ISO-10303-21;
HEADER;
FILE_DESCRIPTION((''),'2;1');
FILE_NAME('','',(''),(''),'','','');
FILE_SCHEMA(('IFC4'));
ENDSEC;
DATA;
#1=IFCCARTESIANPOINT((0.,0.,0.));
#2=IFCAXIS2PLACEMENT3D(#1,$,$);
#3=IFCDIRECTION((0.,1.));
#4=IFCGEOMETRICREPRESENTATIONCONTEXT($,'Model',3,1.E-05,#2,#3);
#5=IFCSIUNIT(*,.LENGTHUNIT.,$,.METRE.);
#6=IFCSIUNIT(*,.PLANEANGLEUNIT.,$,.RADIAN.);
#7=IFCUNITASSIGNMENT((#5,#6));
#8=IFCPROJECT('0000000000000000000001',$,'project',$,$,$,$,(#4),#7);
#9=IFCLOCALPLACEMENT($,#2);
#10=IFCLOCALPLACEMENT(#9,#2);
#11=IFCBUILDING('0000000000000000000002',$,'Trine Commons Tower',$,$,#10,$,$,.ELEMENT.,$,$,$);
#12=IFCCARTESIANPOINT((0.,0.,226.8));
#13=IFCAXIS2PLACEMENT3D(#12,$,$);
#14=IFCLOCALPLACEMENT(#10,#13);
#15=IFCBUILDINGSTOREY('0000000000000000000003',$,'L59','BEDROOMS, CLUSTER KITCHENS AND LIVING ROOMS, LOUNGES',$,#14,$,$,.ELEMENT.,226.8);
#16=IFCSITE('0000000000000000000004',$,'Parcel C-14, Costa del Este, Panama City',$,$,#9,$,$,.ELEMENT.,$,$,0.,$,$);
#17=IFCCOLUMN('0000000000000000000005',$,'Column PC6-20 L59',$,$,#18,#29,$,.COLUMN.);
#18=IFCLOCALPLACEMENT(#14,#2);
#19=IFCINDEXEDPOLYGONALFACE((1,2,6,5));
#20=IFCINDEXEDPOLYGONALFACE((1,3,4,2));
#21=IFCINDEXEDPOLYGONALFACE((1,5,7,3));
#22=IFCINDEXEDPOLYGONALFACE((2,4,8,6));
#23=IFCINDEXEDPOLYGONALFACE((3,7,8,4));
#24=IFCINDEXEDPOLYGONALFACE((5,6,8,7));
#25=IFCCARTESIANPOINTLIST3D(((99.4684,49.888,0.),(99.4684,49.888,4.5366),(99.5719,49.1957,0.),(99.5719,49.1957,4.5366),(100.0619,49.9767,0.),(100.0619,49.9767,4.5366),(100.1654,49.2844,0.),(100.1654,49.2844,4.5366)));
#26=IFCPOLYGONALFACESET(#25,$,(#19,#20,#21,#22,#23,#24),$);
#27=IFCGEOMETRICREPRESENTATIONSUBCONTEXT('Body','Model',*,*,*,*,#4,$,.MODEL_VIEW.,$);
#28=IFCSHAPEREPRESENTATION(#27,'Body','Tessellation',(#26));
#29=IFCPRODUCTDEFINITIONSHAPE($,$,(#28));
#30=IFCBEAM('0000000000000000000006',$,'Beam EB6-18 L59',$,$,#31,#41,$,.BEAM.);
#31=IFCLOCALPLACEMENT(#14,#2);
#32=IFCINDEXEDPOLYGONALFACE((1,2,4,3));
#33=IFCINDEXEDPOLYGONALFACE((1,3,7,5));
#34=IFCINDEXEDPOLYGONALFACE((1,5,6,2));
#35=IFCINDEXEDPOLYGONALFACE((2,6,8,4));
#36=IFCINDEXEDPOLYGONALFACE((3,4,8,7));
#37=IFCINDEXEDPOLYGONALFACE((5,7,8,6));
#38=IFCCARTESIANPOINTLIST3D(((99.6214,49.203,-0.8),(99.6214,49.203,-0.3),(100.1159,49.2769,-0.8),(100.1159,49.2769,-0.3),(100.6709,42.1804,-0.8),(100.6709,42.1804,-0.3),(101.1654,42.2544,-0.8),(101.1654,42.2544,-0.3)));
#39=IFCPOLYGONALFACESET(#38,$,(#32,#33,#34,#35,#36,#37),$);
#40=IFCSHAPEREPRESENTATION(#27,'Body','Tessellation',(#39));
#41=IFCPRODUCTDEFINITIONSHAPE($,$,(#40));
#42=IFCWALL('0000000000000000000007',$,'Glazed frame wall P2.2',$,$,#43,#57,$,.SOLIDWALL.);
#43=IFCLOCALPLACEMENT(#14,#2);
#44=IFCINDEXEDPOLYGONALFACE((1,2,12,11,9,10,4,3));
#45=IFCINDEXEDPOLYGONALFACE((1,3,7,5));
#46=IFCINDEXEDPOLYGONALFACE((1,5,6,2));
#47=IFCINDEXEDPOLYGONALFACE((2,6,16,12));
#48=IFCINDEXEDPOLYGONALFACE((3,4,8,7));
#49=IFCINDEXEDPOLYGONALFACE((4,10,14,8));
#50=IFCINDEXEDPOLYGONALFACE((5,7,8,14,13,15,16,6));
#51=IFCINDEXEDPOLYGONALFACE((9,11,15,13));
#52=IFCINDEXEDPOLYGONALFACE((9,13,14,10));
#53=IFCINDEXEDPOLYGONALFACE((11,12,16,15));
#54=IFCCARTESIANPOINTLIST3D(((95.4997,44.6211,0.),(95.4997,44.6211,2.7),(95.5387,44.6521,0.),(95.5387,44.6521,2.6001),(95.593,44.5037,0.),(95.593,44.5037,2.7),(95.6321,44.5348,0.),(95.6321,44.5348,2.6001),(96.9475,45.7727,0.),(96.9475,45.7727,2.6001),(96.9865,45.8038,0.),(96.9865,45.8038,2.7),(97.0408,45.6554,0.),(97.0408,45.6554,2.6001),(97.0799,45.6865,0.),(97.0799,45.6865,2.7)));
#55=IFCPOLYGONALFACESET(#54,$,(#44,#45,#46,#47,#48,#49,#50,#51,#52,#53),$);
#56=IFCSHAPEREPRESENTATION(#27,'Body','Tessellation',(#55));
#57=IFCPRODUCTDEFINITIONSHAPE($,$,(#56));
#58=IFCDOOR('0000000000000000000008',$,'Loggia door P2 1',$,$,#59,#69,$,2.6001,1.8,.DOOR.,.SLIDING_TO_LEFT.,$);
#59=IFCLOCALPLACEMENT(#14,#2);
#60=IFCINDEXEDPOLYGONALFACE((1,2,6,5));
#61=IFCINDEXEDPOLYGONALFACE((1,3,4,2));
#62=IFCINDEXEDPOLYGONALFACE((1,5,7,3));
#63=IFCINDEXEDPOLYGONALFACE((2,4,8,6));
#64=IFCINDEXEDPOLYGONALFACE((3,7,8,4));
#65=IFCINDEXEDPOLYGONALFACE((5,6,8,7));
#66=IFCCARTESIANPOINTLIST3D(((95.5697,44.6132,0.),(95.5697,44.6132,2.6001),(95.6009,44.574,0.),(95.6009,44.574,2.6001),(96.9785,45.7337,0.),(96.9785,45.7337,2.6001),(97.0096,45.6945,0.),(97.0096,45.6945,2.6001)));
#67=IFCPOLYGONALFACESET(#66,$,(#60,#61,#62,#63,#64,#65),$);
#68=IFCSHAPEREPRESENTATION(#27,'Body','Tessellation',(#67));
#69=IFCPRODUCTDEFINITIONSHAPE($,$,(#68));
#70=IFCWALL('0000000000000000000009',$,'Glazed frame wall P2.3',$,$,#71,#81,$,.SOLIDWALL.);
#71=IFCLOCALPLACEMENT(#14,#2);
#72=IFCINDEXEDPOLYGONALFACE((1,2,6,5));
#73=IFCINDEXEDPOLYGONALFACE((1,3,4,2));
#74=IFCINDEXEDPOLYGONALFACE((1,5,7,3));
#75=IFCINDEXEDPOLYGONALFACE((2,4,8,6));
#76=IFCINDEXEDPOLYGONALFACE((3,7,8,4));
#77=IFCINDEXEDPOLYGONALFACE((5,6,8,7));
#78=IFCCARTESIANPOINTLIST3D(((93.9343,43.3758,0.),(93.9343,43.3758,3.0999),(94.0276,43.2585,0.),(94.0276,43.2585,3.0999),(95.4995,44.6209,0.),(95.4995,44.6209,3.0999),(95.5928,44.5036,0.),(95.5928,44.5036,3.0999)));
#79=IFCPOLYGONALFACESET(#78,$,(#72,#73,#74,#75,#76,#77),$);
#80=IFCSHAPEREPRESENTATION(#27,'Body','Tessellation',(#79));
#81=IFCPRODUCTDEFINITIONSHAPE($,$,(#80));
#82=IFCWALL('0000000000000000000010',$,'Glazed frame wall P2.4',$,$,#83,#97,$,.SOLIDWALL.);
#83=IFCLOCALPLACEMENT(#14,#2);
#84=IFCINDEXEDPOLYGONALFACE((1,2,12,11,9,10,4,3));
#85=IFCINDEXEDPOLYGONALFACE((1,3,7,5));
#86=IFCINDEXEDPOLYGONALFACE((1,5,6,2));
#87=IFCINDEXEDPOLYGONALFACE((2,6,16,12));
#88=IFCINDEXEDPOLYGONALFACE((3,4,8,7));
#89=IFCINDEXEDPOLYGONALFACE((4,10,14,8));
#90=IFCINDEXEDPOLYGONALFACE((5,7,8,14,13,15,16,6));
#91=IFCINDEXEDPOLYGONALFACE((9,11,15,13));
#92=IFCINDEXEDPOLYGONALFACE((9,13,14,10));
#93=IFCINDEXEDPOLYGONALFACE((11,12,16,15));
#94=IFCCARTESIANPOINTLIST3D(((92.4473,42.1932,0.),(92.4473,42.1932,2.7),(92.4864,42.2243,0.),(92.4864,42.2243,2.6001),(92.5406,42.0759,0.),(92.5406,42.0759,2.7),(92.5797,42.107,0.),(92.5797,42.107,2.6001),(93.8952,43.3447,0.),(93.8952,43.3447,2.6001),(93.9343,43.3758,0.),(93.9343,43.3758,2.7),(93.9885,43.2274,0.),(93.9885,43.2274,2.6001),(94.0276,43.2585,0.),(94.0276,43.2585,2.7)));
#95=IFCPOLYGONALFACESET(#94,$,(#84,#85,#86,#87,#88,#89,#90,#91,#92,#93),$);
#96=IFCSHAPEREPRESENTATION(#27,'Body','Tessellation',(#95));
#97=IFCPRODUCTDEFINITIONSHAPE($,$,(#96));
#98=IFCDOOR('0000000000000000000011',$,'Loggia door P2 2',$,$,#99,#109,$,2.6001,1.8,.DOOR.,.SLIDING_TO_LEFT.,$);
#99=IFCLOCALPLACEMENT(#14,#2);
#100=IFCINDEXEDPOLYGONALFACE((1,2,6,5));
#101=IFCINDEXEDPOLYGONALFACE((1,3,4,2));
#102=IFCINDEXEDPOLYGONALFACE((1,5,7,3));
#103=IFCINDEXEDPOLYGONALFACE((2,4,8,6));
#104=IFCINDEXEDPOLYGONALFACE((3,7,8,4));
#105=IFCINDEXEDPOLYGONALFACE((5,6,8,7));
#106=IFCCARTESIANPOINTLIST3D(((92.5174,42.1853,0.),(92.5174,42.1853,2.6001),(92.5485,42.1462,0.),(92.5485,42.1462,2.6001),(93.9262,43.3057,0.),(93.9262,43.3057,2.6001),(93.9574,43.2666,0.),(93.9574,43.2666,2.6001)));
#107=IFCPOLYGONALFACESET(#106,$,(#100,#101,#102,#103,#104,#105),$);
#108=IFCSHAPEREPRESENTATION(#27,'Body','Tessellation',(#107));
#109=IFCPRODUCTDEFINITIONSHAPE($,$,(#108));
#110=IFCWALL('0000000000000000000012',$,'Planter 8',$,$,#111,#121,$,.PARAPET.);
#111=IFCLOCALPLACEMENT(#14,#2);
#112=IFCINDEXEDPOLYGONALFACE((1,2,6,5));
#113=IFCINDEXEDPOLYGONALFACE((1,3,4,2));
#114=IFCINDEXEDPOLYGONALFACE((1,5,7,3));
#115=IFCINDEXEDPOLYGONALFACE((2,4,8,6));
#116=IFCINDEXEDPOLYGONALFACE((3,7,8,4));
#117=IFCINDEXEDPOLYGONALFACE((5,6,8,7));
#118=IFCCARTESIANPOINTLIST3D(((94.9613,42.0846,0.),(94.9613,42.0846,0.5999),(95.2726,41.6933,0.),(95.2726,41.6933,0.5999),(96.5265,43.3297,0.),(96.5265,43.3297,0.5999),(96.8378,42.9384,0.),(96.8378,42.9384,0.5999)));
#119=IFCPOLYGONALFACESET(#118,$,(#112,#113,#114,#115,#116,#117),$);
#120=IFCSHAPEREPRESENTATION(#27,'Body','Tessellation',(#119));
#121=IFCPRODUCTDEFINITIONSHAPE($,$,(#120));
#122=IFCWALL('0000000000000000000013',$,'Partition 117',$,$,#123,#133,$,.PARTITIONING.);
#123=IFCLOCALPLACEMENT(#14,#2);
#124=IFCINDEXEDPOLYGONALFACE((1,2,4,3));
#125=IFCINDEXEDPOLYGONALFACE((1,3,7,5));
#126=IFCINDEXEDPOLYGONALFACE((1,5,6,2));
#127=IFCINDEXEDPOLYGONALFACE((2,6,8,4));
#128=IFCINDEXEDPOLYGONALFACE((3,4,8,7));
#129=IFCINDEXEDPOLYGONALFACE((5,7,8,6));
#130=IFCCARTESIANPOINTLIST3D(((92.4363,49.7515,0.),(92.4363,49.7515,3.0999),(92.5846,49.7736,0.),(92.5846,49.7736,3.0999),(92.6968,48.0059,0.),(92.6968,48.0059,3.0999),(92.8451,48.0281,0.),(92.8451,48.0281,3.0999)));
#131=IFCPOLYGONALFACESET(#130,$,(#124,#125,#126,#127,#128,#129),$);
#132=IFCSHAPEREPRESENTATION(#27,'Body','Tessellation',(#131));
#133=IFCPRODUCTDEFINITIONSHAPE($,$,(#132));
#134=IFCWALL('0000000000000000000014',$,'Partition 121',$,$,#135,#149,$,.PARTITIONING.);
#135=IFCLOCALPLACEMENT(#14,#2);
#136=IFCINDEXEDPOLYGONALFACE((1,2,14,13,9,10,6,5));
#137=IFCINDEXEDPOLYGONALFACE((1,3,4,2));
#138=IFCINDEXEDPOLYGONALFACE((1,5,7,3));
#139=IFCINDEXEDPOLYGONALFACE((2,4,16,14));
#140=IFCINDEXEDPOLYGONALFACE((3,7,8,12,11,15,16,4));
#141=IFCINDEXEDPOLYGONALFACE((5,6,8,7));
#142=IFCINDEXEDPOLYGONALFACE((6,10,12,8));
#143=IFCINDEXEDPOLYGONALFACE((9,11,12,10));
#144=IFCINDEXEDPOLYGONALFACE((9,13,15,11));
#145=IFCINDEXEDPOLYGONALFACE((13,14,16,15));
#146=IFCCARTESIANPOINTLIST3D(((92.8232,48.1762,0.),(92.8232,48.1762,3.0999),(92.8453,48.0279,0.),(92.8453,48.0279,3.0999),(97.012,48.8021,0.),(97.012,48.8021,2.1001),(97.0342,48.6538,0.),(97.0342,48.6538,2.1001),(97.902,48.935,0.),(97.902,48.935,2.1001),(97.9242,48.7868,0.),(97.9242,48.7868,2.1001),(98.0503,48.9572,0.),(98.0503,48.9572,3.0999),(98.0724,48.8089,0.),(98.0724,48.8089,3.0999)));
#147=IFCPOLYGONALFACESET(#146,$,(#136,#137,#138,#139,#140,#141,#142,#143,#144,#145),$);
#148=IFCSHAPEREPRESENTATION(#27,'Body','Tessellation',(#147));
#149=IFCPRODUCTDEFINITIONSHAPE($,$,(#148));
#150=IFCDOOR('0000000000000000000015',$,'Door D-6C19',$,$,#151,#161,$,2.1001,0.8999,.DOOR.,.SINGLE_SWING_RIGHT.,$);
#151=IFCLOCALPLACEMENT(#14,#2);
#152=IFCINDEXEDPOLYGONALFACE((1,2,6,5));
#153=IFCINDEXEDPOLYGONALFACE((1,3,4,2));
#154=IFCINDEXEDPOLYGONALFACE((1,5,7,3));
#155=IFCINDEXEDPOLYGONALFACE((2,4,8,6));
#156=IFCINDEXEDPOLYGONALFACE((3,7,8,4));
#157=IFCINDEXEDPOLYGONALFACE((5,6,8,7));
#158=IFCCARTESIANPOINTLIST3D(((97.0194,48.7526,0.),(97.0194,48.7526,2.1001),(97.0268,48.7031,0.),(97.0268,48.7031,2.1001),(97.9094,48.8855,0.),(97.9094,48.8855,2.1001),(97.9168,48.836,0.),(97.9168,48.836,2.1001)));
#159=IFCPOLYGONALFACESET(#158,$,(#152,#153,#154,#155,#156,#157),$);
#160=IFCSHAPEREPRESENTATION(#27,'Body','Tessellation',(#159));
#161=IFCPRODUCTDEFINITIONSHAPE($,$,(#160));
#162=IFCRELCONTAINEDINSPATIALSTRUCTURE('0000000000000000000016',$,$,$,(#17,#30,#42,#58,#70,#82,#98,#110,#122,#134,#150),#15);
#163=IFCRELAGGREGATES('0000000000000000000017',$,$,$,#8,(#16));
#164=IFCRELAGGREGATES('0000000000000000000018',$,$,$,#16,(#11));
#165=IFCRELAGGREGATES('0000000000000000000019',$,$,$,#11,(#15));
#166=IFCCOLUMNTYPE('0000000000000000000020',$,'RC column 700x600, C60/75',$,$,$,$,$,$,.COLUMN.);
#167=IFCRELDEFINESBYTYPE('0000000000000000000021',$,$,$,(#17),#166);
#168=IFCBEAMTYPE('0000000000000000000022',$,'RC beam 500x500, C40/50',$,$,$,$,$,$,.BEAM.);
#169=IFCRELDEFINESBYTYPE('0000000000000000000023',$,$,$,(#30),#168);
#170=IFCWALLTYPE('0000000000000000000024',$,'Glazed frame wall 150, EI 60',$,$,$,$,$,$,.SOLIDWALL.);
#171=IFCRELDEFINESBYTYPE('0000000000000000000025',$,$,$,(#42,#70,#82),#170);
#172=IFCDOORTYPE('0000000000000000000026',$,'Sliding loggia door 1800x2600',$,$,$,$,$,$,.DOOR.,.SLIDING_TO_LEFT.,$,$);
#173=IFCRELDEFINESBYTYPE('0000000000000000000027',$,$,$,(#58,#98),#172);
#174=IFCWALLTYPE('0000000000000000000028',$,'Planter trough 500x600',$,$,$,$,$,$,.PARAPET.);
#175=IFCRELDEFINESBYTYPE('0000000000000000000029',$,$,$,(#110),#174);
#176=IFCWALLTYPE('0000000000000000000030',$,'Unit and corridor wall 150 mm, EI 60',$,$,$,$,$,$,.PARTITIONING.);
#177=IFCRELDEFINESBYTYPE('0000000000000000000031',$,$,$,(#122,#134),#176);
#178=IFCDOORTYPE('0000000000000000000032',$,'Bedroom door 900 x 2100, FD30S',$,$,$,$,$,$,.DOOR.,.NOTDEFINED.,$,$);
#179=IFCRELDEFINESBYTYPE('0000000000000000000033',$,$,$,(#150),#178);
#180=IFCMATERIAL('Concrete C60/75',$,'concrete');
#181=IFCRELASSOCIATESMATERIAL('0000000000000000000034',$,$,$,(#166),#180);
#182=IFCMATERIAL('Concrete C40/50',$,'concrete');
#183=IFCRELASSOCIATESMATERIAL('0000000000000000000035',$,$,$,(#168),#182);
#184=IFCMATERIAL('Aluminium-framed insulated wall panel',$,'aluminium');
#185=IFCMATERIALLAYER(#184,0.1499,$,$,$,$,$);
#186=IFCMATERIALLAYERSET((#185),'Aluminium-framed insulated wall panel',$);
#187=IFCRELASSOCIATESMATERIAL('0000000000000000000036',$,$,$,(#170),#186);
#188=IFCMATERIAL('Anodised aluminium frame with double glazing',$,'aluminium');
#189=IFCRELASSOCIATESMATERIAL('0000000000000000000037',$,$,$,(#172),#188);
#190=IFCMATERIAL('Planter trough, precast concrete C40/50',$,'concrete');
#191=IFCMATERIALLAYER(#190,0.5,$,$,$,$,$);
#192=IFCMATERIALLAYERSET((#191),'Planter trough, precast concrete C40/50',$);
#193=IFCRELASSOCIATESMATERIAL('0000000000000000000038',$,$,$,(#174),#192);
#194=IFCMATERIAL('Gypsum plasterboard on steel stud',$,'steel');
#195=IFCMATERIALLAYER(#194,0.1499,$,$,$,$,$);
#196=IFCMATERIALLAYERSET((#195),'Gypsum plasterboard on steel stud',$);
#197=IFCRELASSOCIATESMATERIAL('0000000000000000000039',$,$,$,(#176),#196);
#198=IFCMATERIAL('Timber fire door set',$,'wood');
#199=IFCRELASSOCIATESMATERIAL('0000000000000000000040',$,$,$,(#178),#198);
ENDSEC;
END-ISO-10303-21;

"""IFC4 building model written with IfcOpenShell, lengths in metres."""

from ifc_helpers import new_model, si_unit, direction, frame, frame_2d, origin, origin_2d, place, context, subcontext, project, spatial, polyline, rectangle, outline, extrude, material, layer, layer_set, material_profile, profile_set, type_object, element, fill, save


model = new_model("IFC4")

# Units and contexts
model_context = context("Model", 3, precision=1e-05, world=origin(), true_north=direction((0.0, 1.0)))
body_context = subcontext(model_context, "Body", "Model", "MODEL_VIEW")
ifc_project = project(units=[si_unit("LENGTHUNIT", "METRE"), si_unit("PLANEANGLEUNIT", "RADIAN")], contexts=[model_context])

# Site, building, storey
site_placement = place(None, origin())
site = spatial("IfcSite", under=ifc_project, at=site_placement, Name="Parcel C-14, Costa del Este, Panama City", CompositionType="ELEMENT", RefElevation=0.0)
building_placement = place(site_placement, origin())
building = spatial("IfcBuilding", under=site, at=building_placement, Name="Trine Commons Tower", CompositionType="ELEMENT")
storey_placement = place(building_placement, frame((0.0, 0.0, 226.8)))
storey = spatial("IfcBuildingStorey", under=building, at=storey_placement, Name="L59", Description="BEDROOMS, CLUSTER KITCHENS AND LIVING ROOMS, LOUNGES", CompositionType="ELEMENT", Elevation=226.8)

# Column
ifc_material_1 = material(Name="Concrete C60/75", Category="concrete")
ifc_material_profile_1 = material_profile(ifc_material_1, rectangle(XDim=0.7, YDim=0.6001, at=origin_2d()), Name="RC 700x600")
ifc_profile_set_1 = profile_set([ifc_material_profile_1], Name="Concrete C60/75")
column_type = type_object("IfcColumnType", Name="RC column 700x600, C60/75", PredefinedType="COLUMN", material=ifc_profile_set_1)
column_placement = place(storey_placement, frame((99.8169, 49.5862, 0.0), z_axis=(0.0, 0.0, 1.0), x_axis=(-0.147809, 0.989016, 0.0)))
element("IfcColumn", 1, at=column_placement, inside=storey, type_object=column_type, Name="Column PC6-20 L59", PredefinedType="COLUMN", context=body_context, shape_type="SweptSolid", body=[
    extrude(rectangle(XDim=0.7, YDim=0.6001, at=origin_2d()), origin(), (0.0, 0.0, 1.0), 4.5366),
])

# Beam
ifc_material_2 = material(Name="Concrete C40/50", Category="concrete")
ifc_material_profile_2 = material_profile(ifc_material_2, rectangle(XDim=0.5, YDim=0.5, at=origin_2d()), Name="RC 500x500")
ifc_profile_set_2 = profile_set([ifc_material_profile_2], Name="Concrete C40/50")
beam_type = type_object("IfcBeamType", Name="RC beam 500x500, C40/50", PredefinedType="BEAM", material=ifc_profile_set_2)
beam_placement = place(storey_placement, frame((99.8687, 49.24, -0.55), z_axis=(0.147811, -0.989016, 0.0), x_axis=(0.989016, 0.147811, 0.0)))
element("IfcBeam", 2, at=beam_placement, inside=storey, type_object=beam_type, Name="Beam EB6-18 L59", PredefinedType="BEAM", context=body_context, shape_type="SweptSolid", body=[
    extrude(rectangle(XDim=0.5, YDim=0.5, at=origin_2d()), origin(), (0.0, 0.0, 1.0), 7.1006),
])

# Shared definitions
ifc_material_3 = material(Name="Aluminium-framed insulated wall panel", Category="aluminium")
ifc_layer_1 = layer(ifc_material_3, 0.1499)
ifc_layer_set_1 = layer_set([ifc_layer_1], Name="Aluminium-framed insulated wall panel")
wall_type_1 = type_object("IfcWallType", Name="Glazed frame wall 150, EI 60", PredefinedType="SOLIDWALL", material=ifc_layer_set_1)

# Wall, opening, door
wall_1_placement = place(storey_placement, frame((97.0332, 45.7451, 0.0), z_axis=(0.0, 0.0, 1.0), x_axis=(-0.782608, -0.622515, 0.0)))
wall_1 = element("IfcWall", 3, at=wall_1_placement, inside=storey, type_object=wall_type_1, Name="Glazed frame wall P2.2", PredefinedType="SOLIDWALL", context=body_context, shape_type="SweptSolid", body=[
    extrude(outline(polyline([(0.0, -0.075), (1.8999, -0.075), (1.8999, 0.075), (0.0, 0.075), (0.0, -0.075)])), origin(), (0.0, 0.0, 1.0), 2.7),
])
opening_1_placement = place(wall_1_placement, frame((0.05, 0.0, 0.0)))
opening_1 = element("IfcOpeningElement", 4, at=opening_1_placement, cuts=wall_1, PredefinedType="OPENING", context=body_context, shape_type="SweptSolid", body=[
    extrude(rectangle(XDim=1.8, YDim=2.6001, at=frame_2d((0.8999, 1.3))), frame((0.0, 0.085, 0.0), z_axis=(0.0, -1.0, 0.0), x_axis=(1.0, 0.0, 0.0)), (0.0, 0.0, 1.0), 0.1699),
])
ifc_material_4 = material(Name="Anodised aluminium frame with double glazing", Category="aluminium")
door_type_1 = type_object("IfcDoorType", Name="Sliding loggia door 1800x2600", OperationType="SLIDING_TO_LEFT", PredefinedType="DOOR", material=ifc_material_4)
door_1_placement = place(opening_1_placement, origin())
door_1 = element("IfcDoor", 5, at=door_1_placement, inside=storey, type_object=door_type_1, Name="Loggia door P2 1", OperationType="SLIDING_TO_LEFT", OverallHeight=2.6001, OverallWidth=1.8, PredefinedType="DOOR", context=body_context, shape_type="SweptSolid", body=[
    extrude(rectangle(XDim=1.8, YDim=2.6001, at=frame_2d((0.8999, 1.3))), frame((0.0, 0.0249, 0.0), z_axis=(0.0, -1.0, 0.0), x_axis=(1.0, 0.0, 0.0)), (0.0, 0.0, 1.0), 0.05),
])
fill(opening_1, door_1)

# Wall
wall_2_placement = place(storey_placement, frame((95.5461, 44.5623, 0.0), z_axis=(0.0, 0.0, 1.0), x_axis=(-0.782581, -0.622549, 0.0)))
element("IfcWall", 6, at=wall_2_placement, inside=storey, type_object=wall_type_1, Name="Glazed frame wall P2.3", PredefinedType="SOLIDWALL", context=body_context, shape_type="SweptSolid", body=[
    extrude(outline(polyline([(0.0, -0.075), (2.0, -0.075), (2.0, 0.075), (0.0, 0.075), (0.0, -0.075)])), origin(), (0.0, 0.0, 1.0), 3.0999),
])

# Wall, opening, door
wall_3_placement = place(storey_placement, frame((93.981, 43.3171, 0.0), z_axis=(0.0, 0.0, 1.0), x_axis=(-0.782671, -0.622436, 0.0)))
wall_3 = element("IfcWall", 7, at=wall_3_placement, inside=storey, type_object=wall_type_1, Name="Glazed frame wall P2.4", PredefinedType="SOLIDWALL", context=body_context, shape_type="SweptSolid", body=[
    extrude(outline(polyline([(0.0, -0.075), (1.8999, -0.075), (1.8999, 0.075), (0.0, 0.075), (0.0, -0.075)])), origin(), (0.0, 0.0, 1.0), 2.7),
])
opening_2_placement = place(wall_3_placement, frame((0.05, 0.0, 0.0)))
opening_2 = element("IfcOpeningElement", 8, at=opening_2_placement, cuts=wall_3, PredefinedType="OPENING", context=body_context, shape_type="SweptSolid", body=[
    extrude(rectangle(XDim=1.8, YDim=2.6001, at=frame_2d((0.8999, 1.3))), frame((0.0, 0.085, 0.0), z_axis=(0.0, -1.0, 0.0), x_axis=(1.0, 0.0, 0.0)), (0.0, 0.0, 1.0), 0.1699),
])
door_2_placement = place(opening_2_placement, origin())
door_2 = element("IfcDoor", 9, at=door_2_placement, inside=storey, type_object=door_type_1, Name="Loggia door P2 2", OperationType="SLIDING_TO_LEFT", OverallHeight=2.6001, OverallWidth=1.8, PredefinedType="DOOR", context=body_context, shape_type="SweptSolid", body=[
    extrude(rectangle(XDim=1.8, YDim=2.6001, at=frame_2d((0.8999, 1.3))), frame((0.0, 0.0249, 0.0), z_axis=(0.0, -1.0, 0.0), x_axis=(1.0, 0.0, 0.0)), (0.0, 0.0, 1.0), 0.05),
])
fill(opening_2, door_2)

# Walls
ifc_material_5 = material(Name="Planter trough, precast concrete C40/50", Category="concrete")
ifc_layer_2 = layer(ifc_material_5, 0.5)
ifc_layer_set_2 = layer_set([ifc_layer_2], Name="Planter trough, precast concrete C40/50")
wall_type_2 = type_object("IfcWallType", Name="Planter trough 500x600", PredefinedType="PARAPET", material=ifc_layer_set_2)
wall_4_placement = place(storey_placement, frame((96.6821, 43.134, 0.0), z_axis=(0.0, 0.0, 1.0), x_axis=(-0.782581, -0.622549, 0.0)))
element("IfcWall", 10, at=wall_4_placement, inside=storey, type_object=wall_type_2, Name="Planter 8", PredefinedType="PARAPET", context=body_context, shape_type="SweptSolid", body=[
    extrude(rectangle(XDim=2.0, YDim=0.5, at=frame_2d((1.0, 0.0))), origin(), (0.0, 0.0, 1.0), 0.5999),
])
ifc_material_6 = material(Name="Gypsum plasterboard on steel stud", Category="steel")
ifc_layer_3 = layer(ifc_material_6, 0.1499)
ifc_layer_set_3 = layer_set([ifc_layer_3], Name="Gypsum plasterboard on steel stud")
wall_type_3 = type_object("IfcWallType", Name="Unit and corridor wall 150 mm, EI 60", PredefinedType="PARTITIONING", material=ifc_layer_set_3)
wall_5_placement = place(storey_placement, frame((92.5105, 49.7625, 0.0), z_axis=(0.0, 0.0, 1.0), x_axis=(0.147596, -0.989048, 0.0)))
element("IfcWall", 11, at=wall_5_placement, inside=storey, type_object=wall_type_3, Name="Partition 117", PredefinedType="PARTITIONING", context=body_context, shape_type="SweptSolid", body=[
    extrude(rectangle(XDim=1.7649, YDim=0.1499, at=frame_2d((0.8823, 0.0))), origin(), (0.0, 0.0, 1.0), 3.0999),
])

# Wall, opening, door
wall_6_placement = place(storey_placement, frame((92.8342, 48.1021, 0.0), z_axis=(0.0, 0.0, 1.0), x_axis=(0.989021, 0.147776, 0.0)))
wall_6 = element("IfcWall", 12, at=wall_6_placement, inside=storey, type_object=wall_type_3, Name="Partition 121", PredefinedType="PARTITIONING", context=body_context, shape_type="SweptSolid", body=[
    extrude(rectangle(XDim=5.2852, YDim=0.1499, at=frame_2d((2.6426, 0.0))), origin(), (0.0, 0.0, 1.0), 3.0999),
])
opening_3_placement = place(wall_6_placement, frame((4.2354, 0.0, 0.0)))
opening_3 = element("IfcOpeningElement", 13, at=opening_3_placement, cuts=wall_6, PredefinedType="OPENING", context=body_context, shape_type="SweptSolid", body=[
    extrude(rectangle(XDim=0.8999, YDim=2.1001, at=frame_2d((0.45, 1.05))), frame((0.0, 0.085, 0.0), z_axis=(0.0, -1.0, 0.0), x_axis=(1.0, 0.0, 0.0)), (0.0, 0.0, 1.0), 0.1699),
])
ifc_material_7 = material(Name="Timber fire door set", Category="wood")
door_type_2 = type_object("IfcDoorType", Name="Bedroom door 900 x 2100, FD30S", OperationType="NOTDEFINED", PredefinedType="DOOR", material=ifc_material_7)
door_3_placement = place(opening_3_placement, origin())
door_3 = element("IfcDoor", 14, at=door_3_placement, inside=storey, type_object=door_type_2, Name="Door D-6C19", OperationType="SINGLE_SWING_RIGHT", OverallHeight=2.1001, OverallWidth=0.8999, PredefinedType="DOOR", context=body_context, shape_type="SweptSolid", body=[
    extrude(rectangle(XDim=0.8999, YDim=2.1001, at=frame_2d((0.45, 1.05))), frame((0.0, 0.0249, 0.0), z_axis=(0.0, -1.0, 0.0), x_axis=(1.0, 0.0, 0.0)), (0.0, 0.0, 1.0), 0.05),
])
fill(opening_3, door_3)

save(model, "model.ifc")
